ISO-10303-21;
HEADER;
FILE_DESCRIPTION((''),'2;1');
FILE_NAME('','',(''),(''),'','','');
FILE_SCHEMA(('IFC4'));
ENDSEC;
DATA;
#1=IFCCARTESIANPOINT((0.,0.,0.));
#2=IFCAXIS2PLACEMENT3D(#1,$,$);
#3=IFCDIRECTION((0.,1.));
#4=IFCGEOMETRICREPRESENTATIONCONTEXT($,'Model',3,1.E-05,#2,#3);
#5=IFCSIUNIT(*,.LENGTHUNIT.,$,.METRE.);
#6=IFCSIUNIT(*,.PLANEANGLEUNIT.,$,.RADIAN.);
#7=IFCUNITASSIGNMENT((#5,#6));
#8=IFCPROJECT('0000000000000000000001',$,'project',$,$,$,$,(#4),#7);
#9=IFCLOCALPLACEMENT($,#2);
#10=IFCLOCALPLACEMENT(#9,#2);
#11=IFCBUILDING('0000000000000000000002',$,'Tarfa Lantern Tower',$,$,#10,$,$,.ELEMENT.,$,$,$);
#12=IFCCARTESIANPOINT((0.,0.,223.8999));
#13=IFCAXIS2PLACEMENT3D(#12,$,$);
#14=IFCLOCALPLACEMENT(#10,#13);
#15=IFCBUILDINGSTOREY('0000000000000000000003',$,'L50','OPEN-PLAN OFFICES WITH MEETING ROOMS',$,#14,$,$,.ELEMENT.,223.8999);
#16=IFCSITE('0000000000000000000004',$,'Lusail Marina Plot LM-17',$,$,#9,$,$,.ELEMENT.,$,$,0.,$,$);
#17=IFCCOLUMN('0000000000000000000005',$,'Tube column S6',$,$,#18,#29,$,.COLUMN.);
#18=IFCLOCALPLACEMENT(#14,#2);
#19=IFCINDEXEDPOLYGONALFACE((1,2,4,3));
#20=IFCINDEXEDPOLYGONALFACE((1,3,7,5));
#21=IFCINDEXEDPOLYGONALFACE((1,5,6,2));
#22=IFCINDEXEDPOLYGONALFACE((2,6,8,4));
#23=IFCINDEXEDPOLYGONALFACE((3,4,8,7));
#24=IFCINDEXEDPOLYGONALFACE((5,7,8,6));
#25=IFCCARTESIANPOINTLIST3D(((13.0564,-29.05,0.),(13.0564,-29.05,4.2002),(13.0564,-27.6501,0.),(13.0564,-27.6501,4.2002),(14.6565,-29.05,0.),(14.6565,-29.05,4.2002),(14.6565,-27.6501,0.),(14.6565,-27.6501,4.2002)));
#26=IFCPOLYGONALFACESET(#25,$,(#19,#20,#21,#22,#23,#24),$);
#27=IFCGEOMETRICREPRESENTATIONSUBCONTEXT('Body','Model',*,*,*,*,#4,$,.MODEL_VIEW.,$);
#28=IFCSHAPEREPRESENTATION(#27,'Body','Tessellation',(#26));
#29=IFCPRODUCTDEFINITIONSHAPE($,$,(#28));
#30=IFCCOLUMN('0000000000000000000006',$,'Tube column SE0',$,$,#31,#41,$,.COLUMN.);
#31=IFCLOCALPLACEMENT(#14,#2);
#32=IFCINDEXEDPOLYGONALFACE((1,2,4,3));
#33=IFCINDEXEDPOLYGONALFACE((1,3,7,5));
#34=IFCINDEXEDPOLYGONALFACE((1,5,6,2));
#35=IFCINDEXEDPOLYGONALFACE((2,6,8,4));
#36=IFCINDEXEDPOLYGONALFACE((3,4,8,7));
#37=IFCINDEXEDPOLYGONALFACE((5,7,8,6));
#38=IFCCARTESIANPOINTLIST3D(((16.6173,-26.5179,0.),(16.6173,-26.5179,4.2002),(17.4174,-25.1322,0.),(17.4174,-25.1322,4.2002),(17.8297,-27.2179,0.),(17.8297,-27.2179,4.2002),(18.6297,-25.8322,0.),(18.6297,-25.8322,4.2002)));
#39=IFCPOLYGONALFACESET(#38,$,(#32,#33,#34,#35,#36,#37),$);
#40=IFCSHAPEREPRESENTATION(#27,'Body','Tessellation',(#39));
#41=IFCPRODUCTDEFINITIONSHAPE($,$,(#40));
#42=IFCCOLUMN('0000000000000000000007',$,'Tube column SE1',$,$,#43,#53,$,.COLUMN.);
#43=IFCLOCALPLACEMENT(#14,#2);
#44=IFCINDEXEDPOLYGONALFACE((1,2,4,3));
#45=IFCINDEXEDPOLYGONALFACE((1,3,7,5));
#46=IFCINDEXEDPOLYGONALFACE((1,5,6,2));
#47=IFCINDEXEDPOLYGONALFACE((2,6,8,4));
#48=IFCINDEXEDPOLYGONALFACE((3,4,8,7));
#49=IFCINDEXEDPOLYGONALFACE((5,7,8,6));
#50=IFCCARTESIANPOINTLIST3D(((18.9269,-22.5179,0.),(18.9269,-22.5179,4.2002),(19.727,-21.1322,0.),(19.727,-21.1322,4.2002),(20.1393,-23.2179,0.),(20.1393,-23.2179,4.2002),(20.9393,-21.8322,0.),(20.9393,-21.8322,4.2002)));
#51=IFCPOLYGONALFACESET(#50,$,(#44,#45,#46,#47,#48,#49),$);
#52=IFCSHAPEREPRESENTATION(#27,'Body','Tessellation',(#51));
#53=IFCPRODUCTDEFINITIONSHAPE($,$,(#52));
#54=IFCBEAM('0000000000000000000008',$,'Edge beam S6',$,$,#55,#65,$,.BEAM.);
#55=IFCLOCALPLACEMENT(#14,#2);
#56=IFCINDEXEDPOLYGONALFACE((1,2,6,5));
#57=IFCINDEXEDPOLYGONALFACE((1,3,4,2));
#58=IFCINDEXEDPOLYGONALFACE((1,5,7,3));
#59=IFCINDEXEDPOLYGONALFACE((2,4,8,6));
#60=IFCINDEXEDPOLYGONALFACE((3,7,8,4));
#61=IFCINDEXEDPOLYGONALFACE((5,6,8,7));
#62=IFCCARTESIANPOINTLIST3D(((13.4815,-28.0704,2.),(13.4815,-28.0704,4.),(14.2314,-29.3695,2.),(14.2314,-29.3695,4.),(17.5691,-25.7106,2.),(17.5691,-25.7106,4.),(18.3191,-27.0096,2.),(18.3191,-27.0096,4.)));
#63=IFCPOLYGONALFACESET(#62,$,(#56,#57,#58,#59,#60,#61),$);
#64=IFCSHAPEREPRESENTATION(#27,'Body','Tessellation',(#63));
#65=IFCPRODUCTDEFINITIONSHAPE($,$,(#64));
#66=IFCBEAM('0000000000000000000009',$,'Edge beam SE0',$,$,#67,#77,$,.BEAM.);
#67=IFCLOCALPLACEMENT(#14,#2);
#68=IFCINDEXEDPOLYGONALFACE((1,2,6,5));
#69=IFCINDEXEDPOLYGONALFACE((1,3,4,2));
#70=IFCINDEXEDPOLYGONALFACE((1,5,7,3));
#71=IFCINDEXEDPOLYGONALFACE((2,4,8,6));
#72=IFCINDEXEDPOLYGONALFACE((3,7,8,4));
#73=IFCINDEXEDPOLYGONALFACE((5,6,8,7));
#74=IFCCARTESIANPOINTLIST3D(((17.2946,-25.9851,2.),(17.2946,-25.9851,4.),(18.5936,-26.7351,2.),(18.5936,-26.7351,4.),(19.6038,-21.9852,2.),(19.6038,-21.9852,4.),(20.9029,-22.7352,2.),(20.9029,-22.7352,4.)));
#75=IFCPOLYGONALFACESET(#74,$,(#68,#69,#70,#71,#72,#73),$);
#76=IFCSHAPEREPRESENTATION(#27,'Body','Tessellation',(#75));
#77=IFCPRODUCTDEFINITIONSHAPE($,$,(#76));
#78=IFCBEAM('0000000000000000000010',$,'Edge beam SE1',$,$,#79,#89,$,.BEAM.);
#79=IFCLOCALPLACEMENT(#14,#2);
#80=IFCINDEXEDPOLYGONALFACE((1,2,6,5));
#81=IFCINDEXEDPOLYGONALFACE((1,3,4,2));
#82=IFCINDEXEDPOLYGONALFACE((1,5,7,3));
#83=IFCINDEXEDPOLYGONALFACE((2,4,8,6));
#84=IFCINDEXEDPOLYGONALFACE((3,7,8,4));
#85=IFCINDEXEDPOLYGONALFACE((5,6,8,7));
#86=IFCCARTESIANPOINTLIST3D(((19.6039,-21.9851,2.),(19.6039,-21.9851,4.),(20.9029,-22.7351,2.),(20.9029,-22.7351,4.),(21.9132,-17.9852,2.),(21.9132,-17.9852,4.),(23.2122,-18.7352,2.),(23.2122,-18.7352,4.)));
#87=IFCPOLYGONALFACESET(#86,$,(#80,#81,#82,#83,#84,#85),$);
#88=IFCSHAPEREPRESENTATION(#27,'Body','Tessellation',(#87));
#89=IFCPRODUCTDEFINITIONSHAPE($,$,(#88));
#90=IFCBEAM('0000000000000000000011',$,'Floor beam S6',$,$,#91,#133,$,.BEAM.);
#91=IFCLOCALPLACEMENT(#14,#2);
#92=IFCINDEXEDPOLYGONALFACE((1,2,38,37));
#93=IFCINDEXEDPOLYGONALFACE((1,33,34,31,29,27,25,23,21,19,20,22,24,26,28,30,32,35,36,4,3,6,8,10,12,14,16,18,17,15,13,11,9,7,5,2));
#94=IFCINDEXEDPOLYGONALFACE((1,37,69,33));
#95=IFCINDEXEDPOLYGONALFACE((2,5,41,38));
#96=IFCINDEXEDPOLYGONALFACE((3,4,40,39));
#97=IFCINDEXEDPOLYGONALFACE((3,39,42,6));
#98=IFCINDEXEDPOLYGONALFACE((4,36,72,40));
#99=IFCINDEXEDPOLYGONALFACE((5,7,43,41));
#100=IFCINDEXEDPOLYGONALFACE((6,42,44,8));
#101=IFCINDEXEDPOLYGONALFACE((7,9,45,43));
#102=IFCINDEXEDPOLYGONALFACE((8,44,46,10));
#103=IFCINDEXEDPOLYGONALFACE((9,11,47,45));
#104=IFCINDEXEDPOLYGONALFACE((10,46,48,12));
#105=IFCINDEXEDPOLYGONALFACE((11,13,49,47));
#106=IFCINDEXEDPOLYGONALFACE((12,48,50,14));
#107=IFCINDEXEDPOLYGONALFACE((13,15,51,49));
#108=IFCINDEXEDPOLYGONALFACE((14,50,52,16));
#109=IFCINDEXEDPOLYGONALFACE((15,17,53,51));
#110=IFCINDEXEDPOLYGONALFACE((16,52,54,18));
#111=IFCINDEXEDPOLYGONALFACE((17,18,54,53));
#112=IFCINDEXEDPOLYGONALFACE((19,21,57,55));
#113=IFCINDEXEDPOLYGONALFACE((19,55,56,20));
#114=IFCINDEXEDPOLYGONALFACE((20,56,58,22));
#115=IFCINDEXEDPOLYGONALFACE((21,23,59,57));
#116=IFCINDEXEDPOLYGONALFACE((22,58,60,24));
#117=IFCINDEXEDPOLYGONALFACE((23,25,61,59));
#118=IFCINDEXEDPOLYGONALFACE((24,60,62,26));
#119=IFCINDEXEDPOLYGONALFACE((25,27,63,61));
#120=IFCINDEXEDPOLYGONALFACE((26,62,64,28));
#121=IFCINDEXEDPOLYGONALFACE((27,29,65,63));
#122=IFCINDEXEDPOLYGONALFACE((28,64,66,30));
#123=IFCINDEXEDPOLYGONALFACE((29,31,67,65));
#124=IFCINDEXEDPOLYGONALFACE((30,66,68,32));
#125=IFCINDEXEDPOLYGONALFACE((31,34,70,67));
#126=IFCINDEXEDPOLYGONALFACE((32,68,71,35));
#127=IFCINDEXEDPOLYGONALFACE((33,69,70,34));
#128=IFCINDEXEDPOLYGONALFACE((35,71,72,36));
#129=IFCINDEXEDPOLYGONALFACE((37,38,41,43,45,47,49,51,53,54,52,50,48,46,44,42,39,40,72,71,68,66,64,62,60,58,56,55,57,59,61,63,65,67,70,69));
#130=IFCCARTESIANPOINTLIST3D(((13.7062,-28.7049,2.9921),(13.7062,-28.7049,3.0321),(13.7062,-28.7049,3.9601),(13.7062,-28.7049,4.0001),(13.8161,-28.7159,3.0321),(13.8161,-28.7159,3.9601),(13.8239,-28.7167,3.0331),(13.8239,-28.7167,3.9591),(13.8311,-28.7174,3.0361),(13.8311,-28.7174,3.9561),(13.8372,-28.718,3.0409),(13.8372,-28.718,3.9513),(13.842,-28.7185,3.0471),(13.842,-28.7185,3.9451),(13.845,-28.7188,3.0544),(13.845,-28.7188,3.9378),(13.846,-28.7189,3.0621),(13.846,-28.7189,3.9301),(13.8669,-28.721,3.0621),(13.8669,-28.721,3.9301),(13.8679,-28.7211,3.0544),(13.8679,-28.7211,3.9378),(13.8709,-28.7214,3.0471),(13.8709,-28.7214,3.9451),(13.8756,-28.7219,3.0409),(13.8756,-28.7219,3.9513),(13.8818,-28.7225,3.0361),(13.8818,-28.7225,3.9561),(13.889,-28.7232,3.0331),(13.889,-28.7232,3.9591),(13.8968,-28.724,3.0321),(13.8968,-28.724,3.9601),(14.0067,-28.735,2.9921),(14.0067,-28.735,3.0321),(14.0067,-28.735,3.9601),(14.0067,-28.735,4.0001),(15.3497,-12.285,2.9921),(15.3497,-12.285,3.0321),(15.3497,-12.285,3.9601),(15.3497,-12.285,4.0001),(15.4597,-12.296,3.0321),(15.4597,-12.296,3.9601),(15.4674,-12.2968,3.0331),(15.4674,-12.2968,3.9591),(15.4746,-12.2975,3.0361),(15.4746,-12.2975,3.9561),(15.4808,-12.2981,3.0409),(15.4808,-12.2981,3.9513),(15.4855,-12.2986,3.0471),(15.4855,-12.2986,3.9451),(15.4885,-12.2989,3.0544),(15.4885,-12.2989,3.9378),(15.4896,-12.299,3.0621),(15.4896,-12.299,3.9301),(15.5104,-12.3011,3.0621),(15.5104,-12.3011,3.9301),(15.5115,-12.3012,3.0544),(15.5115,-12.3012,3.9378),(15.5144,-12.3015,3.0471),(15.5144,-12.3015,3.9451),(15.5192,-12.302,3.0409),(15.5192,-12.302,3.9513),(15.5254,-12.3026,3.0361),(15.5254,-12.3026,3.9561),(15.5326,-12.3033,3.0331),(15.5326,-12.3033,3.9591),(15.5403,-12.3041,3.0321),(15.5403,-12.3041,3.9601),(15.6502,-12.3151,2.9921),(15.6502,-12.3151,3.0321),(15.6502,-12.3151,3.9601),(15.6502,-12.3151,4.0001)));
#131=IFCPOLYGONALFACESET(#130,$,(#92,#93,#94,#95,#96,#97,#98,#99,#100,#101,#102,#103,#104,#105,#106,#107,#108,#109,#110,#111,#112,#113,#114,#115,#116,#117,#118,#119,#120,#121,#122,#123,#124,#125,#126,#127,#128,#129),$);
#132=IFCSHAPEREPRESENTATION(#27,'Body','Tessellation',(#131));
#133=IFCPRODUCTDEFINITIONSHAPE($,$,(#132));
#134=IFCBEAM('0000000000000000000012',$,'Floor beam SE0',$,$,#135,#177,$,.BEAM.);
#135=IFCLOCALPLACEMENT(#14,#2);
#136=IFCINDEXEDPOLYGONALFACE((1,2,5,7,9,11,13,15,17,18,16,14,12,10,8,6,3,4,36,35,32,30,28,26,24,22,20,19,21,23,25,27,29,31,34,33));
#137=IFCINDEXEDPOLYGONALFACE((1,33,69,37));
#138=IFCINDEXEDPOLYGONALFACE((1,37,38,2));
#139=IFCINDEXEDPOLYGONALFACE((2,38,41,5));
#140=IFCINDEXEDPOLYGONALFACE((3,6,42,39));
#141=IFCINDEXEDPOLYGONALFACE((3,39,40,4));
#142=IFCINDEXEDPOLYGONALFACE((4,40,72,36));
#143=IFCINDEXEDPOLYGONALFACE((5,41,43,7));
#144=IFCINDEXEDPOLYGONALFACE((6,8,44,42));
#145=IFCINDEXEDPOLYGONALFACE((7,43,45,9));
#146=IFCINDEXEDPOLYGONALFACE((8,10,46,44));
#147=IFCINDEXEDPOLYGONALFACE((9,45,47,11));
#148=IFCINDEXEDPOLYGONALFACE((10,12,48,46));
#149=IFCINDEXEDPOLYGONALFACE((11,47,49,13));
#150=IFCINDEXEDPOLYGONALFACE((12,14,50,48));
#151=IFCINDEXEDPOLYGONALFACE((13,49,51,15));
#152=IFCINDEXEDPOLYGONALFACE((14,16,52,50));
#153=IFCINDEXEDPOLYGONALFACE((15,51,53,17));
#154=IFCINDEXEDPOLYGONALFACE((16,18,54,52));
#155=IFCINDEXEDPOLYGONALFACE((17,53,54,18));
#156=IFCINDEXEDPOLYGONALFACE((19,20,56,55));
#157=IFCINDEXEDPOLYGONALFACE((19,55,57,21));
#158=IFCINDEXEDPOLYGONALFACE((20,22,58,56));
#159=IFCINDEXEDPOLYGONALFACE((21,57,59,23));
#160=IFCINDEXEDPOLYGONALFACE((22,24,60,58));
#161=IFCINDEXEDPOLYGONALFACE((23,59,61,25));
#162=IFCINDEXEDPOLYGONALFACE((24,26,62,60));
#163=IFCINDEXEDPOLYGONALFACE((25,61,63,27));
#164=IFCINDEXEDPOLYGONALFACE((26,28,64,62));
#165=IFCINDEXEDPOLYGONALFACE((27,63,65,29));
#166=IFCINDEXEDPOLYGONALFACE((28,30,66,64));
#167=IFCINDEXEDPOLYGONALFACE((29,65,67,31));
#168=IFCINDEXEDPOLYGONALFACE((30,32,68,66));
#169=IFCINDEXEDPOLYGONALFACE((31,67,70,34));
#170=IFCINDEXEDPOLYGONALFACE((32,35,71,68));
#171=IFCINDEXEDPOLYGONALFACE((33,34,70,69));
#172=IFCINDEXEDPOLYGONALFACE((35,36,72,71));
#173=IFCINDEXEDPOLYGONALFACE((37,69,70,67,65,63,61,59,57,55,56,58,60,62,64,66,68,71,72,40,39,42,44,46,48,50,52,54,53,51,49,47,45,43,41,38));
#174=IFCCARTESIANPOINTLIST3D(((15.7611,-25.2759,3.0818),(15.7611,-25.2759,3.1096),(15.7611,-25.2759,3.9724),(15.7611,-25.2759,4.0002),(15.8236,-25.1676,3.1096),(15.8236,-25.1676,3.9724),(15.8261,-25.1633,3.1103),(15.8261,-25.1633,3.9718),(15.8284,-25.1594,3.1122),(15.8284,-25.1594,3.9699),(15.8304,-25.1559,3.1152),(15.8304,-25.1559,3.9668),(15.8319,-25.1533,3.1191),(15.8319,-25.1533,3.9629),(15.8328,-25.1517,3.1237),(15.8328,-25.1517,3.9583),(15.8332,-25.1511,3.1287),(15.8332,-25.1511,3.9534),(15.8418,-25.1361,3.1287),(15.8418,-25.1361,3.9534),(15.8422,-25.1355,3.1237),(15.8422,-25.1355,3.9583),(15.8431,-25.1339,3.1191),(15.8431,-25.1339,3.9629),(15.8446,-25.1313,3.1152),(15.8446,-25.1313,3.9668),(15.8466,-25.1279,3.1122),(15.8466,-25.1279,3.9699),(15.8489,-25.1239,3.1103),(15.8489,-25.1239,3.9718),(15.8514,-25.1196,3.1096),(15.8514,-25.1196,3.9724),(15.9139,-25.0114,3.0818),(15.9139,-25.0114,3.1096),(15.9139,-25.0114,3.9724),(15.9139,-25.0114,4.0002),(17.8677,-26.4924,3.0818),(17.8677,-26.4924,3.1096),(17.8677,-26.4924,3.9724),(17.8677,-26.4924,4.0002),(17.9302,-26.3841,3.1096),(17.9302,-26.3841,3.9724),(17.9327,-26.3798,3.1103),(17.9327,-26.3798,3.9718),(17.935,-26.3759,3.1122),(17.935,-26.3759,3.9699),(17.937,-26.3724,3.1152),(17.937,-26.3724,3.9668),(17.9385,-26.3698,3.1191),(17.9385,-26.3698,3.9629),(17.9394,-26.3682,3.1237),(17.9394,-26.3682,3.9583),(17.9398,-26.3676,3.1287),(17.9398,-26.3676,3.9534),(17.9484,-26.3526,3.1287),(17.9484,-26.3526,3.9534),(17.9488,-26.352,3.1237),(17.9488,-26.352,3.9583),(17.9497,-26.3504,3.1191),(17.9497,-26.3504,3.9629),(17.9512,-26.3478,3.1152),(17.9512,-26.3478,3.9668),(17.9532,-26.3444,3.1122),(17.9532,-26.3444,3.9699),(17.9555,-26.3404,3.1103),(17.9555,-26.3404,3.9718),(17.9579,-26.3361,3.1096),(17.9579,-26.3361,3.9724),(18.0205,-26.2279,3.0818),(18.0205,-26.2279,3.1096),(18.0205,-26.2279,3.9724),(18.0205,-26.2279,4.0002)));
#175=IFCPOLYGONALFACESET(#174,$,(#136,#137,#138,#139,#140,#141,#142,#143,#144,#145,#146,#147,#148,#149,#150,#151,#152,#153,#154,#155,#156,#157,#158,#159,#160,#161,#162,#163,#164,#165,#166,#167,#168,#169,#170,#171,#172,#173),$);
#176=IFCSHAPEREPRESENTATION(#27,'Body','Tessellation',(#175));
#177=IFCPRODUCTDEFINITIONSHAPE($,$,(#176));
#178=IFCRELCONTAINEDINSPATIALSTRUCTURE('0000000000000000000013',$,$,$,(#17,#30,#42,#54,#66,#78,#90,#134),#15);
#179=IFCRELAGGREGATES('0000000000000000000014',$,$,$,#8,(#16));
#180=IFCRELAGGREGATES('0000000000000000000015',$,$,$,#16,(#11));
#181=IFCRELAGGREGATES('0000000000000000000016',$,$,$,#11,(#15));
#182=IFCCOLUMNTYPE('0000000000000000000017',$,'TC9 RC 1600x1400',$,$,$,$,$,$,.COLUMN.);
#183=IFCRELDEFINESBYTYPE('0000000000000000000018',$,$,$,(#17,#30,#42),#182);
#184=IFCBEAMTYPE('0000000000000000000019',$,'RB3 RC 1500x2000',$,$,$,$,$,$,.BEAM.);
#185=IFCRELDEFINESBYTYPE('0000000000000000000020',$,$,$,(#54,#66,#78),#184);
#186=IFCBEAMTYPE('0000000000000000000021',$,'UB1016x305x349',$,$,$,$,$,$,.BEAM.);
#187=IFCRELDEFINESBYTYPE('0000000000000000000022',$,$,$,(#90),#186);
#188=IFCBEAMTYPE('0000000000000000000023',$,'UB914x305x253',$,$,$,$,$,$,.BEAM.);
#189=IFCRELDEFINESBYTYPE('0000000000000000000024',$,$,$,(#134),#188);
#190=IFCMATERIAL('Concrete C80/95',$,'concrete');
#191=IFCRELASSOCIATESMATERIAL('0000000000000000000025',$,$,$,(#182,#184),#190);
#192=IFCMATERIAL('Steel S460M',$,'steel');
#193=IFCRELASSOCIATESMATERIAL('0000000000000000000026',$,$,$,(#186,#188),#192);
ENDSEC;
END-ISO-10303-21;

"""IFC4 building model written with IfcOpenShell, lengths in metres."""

from ifc_helpers import new_model, si_unit, direction, frame, origin, origin_2d, place, context, subcontext, project, spatial, rectangle, i_section, extrude, material, material_profile, profile_set, type_object, element, save


model = new_model("IFC4")

# Units and contexts
model_context = context("Model", 3, precision=1e-05, world=origin(), true_north=direction((0.0, 1.0)))
body_context = subcontext(model_context, "Body", "Model", "MODEL_VIEW")
ifc_project = project(units=[si_unit("LENGTHUNIT", "METRE"), si_unit("PLANEANGLEUNIT", "RADIAN")], contexts=[model_context])

# Site, building, storey
site_placement = place(None, origin())
site = spatial("IfcSite", under=ifc_project, at=site_placement, Name="Lusail Marina Plot LM-17", CompositionType="ELEMENT", RefElevation=0.0)
building_placement = place(site_placement, origin())
building = spatial("IfcBuilding", under=site, at=building_placement, Name="Tarfa Lantern Tower", CompositionType="ELEMENT")
storey_placement = place(building_placement, frame((0.0, 0.0, 223.8999)))
storey = spatial("IfcBuildingStorey", under=building, at=storey_placement, Name="L50", Description="OPEN-PLAN OFFICES WITH MEETING ROOMS", CompositionType="ELEMENT", Elevation=223.8999)

# Columns
ifc_material_1 = material(Name="Concrete C80/95", Category="concrete")
ifc_material_profile_1 = material_profile(ifc_material_1, rectangle(XDim=1.6001, YDim=1.3999, at=origin_2d()), Name="RC 1600x1400")
ifc_profile_set_1 = profile_set([ifc_material_profile_1], Name="Concrete C80/95")
column_type = type_object("IfcColumnType", Name="TC9 RC 1600x1400", PredefinedType="COLUMN", material=ifc_profile_set_1)
for number, where, z_axis, x_axis, name in (
    (1, (13.8564, -28.3501, 0.0), (0.0, 0.0, 1.0), (1.0, 0.0, 0.0), "Tube column S6"),
    (2, (17.6235, -26.175, 0.0), (0.0, 0.0, 1.0), (0.5, 0.866025, 0.0), "Tube column SE0"),
    (3, (19.9331, -22.175, 0.0), (0.0, 0.0, 1.0), (0.5, 0.866025, 0.0), "Tube column SE1"),
):
    element("IfcColumn", number, at=place(storey_placement, frame(where, z_axis=z_axis, x_axis=x_axis)), inside=storey, type_object=column_type, Name=name, PredefinedType="COLUMN", context=body_context, shape_type="SweptSolid", body=[
        extrude(rectangle(XDim=1.6001, YDim=1.3999, at=origin_2d()), origin(), (0.0, 0.0, 1.0), 4.2002),
    ])

# Beams
ifc_material_profile_2 = material_profile(ifc_material_1, rectangle(XDim=1.5, YDim=2.0, at=origin_2d()), Name="RC 1500x2000")
ifc_profile_set_2 = profile_set([ifc_material_profile_2], Name="Concrete C80/95")
beam_type_1 = type_object("IfcBeamType", Name="RB3 RC 1500x2000", PredefinedType="BEAM", material=ifc_profile_set_2)
beam_1_placement = place(storey_placement, frame((13.8564, -28.72, 3.0), z_axis=(0.866038, 0.499978, 0.0), x_axis=(-0.499978, 0.866038, 0.0)))
element("IfcBeam", 4, at=beam_1_placement, inside=storey, type_object=beam_type_1, Name="Edge beam S6", PredefinedType="BEAM", context=body_context, shape_type="SweptSolid", body=[
    extrude(rectangle(XDim=1.5, YDim=2.0, at=origin_2d()), origin(), (0.0, 0.0, 1.0), 4.72),
])
for number, where, z_axis, x_axis, name in (
    (5, (17.9441, -26.3601, 3.0), (0.499988, 0.866032, 0.0), (-0.866032, 0.499988, 0.0), "Edge beam SE0"),
    (6, (20.2534, -22.3601, 3.0), (0.499988, 0.866032, 0.0), (-0.866032, 0.499988, 0.0), "Edge beam SE1"),
):
    element("IfcBeam", number, at=place(storey_placement, frame(where, z_axis=z_axis, x_axis=x_axis)), inside=storey, type_object=beam_type_1, Name=name, PredefinedType="BEAM", context=body_context, shape_type="SweptSolid", body=[
        extrude(rectangle(XDim=1.5, YDim=2.0, at=origin_2d()), origin(), (0.0, 0.0, 1.0), 4.6187),
    ])
ifc_material_2 = material(Name="Steel S460M", Category="steel")
ifc_material_profile_3 = material_profile(ifc_material_2, i_section(OverallWidth=0.302, OverallDepth=1.0081, WebThickness=0.021, FlangeThickness=0.04, FilletRadius=0.03, at=origin_2d()), Name="UB1016x305x349")
ifc_profile_set_3 = profile_set([ifc_material_profile_3], Name="Steel S460M")
beam_type_2 = type_object("IfcBeamType", Name="UB1016x305x349", PredefinedType="BEAM", material=ifc_profile_set_3)
beam_2_placement = place(storey_placement, frame((13.8564, -28.72, 3.4961), z_axis=(0.099597, 0.995028, 0.0), x_axis=(-0.995028, 0.099597, 0.0)))
element("IfcBeam", 7, at=beam_2_placement, inside=storey, type_object=beam_type_2, Name="Floor beam S6", PredefinedType="BEAM", context=body_context, shape_type="SweptSolid", body=[
    extrude(i_section(OverallWidth=0.302, OverallDepth=1.0081, WebThickness=0.021, FlangeThickness=0.04, FilletRadius=0.03, at=origin_2d()), origin(), (0.0, 0.0, 1.0), 16.502),
])
ifc_material_profile_4 = material_profile(ifc_material_2, i_section(OverallWidth=0.3054, OverallDepth=0.9185, WebThickness=0.0173, FlangeThickness=0.0278, FilletRadius=0.019, at=origin_2d()), Name="UB914x305x253")
ifc_profile_set_4 = profile_set([ifc_material_profile_4], Name="Steel S460M")
beam_type_3 = type_object("IfcBeamType", Name="UB914x305x253", PredefinedType="BEAM", material=ifc_profile_set_4)
beam_3_placement = place(storey_placement, frame((17.9441, -26.3601, 3.541), z_axis=(-0.86598, 0.500079, 0.0), x_axis=(-0.500079, -0.86598, 0.0)))
element("IfcBeam", 8, at=beam_3_placement, inside=storey, type_object=beam_type_3, Name="Floor beam SE0", PredefinedType="BEAM", context=body_context, shape_type="SweptSolid", body=[
    extrude(i_section(OverallWidth=0.3054, OverallDepth=0.9185, WebThickness=0.0173, FlangeThickness=0.0278, FilletRadius=0.019, at=origin_2d()), origin(), (0.0, 0.0, 1.0), 2.4326),
])

save(model, "model.ifc")
